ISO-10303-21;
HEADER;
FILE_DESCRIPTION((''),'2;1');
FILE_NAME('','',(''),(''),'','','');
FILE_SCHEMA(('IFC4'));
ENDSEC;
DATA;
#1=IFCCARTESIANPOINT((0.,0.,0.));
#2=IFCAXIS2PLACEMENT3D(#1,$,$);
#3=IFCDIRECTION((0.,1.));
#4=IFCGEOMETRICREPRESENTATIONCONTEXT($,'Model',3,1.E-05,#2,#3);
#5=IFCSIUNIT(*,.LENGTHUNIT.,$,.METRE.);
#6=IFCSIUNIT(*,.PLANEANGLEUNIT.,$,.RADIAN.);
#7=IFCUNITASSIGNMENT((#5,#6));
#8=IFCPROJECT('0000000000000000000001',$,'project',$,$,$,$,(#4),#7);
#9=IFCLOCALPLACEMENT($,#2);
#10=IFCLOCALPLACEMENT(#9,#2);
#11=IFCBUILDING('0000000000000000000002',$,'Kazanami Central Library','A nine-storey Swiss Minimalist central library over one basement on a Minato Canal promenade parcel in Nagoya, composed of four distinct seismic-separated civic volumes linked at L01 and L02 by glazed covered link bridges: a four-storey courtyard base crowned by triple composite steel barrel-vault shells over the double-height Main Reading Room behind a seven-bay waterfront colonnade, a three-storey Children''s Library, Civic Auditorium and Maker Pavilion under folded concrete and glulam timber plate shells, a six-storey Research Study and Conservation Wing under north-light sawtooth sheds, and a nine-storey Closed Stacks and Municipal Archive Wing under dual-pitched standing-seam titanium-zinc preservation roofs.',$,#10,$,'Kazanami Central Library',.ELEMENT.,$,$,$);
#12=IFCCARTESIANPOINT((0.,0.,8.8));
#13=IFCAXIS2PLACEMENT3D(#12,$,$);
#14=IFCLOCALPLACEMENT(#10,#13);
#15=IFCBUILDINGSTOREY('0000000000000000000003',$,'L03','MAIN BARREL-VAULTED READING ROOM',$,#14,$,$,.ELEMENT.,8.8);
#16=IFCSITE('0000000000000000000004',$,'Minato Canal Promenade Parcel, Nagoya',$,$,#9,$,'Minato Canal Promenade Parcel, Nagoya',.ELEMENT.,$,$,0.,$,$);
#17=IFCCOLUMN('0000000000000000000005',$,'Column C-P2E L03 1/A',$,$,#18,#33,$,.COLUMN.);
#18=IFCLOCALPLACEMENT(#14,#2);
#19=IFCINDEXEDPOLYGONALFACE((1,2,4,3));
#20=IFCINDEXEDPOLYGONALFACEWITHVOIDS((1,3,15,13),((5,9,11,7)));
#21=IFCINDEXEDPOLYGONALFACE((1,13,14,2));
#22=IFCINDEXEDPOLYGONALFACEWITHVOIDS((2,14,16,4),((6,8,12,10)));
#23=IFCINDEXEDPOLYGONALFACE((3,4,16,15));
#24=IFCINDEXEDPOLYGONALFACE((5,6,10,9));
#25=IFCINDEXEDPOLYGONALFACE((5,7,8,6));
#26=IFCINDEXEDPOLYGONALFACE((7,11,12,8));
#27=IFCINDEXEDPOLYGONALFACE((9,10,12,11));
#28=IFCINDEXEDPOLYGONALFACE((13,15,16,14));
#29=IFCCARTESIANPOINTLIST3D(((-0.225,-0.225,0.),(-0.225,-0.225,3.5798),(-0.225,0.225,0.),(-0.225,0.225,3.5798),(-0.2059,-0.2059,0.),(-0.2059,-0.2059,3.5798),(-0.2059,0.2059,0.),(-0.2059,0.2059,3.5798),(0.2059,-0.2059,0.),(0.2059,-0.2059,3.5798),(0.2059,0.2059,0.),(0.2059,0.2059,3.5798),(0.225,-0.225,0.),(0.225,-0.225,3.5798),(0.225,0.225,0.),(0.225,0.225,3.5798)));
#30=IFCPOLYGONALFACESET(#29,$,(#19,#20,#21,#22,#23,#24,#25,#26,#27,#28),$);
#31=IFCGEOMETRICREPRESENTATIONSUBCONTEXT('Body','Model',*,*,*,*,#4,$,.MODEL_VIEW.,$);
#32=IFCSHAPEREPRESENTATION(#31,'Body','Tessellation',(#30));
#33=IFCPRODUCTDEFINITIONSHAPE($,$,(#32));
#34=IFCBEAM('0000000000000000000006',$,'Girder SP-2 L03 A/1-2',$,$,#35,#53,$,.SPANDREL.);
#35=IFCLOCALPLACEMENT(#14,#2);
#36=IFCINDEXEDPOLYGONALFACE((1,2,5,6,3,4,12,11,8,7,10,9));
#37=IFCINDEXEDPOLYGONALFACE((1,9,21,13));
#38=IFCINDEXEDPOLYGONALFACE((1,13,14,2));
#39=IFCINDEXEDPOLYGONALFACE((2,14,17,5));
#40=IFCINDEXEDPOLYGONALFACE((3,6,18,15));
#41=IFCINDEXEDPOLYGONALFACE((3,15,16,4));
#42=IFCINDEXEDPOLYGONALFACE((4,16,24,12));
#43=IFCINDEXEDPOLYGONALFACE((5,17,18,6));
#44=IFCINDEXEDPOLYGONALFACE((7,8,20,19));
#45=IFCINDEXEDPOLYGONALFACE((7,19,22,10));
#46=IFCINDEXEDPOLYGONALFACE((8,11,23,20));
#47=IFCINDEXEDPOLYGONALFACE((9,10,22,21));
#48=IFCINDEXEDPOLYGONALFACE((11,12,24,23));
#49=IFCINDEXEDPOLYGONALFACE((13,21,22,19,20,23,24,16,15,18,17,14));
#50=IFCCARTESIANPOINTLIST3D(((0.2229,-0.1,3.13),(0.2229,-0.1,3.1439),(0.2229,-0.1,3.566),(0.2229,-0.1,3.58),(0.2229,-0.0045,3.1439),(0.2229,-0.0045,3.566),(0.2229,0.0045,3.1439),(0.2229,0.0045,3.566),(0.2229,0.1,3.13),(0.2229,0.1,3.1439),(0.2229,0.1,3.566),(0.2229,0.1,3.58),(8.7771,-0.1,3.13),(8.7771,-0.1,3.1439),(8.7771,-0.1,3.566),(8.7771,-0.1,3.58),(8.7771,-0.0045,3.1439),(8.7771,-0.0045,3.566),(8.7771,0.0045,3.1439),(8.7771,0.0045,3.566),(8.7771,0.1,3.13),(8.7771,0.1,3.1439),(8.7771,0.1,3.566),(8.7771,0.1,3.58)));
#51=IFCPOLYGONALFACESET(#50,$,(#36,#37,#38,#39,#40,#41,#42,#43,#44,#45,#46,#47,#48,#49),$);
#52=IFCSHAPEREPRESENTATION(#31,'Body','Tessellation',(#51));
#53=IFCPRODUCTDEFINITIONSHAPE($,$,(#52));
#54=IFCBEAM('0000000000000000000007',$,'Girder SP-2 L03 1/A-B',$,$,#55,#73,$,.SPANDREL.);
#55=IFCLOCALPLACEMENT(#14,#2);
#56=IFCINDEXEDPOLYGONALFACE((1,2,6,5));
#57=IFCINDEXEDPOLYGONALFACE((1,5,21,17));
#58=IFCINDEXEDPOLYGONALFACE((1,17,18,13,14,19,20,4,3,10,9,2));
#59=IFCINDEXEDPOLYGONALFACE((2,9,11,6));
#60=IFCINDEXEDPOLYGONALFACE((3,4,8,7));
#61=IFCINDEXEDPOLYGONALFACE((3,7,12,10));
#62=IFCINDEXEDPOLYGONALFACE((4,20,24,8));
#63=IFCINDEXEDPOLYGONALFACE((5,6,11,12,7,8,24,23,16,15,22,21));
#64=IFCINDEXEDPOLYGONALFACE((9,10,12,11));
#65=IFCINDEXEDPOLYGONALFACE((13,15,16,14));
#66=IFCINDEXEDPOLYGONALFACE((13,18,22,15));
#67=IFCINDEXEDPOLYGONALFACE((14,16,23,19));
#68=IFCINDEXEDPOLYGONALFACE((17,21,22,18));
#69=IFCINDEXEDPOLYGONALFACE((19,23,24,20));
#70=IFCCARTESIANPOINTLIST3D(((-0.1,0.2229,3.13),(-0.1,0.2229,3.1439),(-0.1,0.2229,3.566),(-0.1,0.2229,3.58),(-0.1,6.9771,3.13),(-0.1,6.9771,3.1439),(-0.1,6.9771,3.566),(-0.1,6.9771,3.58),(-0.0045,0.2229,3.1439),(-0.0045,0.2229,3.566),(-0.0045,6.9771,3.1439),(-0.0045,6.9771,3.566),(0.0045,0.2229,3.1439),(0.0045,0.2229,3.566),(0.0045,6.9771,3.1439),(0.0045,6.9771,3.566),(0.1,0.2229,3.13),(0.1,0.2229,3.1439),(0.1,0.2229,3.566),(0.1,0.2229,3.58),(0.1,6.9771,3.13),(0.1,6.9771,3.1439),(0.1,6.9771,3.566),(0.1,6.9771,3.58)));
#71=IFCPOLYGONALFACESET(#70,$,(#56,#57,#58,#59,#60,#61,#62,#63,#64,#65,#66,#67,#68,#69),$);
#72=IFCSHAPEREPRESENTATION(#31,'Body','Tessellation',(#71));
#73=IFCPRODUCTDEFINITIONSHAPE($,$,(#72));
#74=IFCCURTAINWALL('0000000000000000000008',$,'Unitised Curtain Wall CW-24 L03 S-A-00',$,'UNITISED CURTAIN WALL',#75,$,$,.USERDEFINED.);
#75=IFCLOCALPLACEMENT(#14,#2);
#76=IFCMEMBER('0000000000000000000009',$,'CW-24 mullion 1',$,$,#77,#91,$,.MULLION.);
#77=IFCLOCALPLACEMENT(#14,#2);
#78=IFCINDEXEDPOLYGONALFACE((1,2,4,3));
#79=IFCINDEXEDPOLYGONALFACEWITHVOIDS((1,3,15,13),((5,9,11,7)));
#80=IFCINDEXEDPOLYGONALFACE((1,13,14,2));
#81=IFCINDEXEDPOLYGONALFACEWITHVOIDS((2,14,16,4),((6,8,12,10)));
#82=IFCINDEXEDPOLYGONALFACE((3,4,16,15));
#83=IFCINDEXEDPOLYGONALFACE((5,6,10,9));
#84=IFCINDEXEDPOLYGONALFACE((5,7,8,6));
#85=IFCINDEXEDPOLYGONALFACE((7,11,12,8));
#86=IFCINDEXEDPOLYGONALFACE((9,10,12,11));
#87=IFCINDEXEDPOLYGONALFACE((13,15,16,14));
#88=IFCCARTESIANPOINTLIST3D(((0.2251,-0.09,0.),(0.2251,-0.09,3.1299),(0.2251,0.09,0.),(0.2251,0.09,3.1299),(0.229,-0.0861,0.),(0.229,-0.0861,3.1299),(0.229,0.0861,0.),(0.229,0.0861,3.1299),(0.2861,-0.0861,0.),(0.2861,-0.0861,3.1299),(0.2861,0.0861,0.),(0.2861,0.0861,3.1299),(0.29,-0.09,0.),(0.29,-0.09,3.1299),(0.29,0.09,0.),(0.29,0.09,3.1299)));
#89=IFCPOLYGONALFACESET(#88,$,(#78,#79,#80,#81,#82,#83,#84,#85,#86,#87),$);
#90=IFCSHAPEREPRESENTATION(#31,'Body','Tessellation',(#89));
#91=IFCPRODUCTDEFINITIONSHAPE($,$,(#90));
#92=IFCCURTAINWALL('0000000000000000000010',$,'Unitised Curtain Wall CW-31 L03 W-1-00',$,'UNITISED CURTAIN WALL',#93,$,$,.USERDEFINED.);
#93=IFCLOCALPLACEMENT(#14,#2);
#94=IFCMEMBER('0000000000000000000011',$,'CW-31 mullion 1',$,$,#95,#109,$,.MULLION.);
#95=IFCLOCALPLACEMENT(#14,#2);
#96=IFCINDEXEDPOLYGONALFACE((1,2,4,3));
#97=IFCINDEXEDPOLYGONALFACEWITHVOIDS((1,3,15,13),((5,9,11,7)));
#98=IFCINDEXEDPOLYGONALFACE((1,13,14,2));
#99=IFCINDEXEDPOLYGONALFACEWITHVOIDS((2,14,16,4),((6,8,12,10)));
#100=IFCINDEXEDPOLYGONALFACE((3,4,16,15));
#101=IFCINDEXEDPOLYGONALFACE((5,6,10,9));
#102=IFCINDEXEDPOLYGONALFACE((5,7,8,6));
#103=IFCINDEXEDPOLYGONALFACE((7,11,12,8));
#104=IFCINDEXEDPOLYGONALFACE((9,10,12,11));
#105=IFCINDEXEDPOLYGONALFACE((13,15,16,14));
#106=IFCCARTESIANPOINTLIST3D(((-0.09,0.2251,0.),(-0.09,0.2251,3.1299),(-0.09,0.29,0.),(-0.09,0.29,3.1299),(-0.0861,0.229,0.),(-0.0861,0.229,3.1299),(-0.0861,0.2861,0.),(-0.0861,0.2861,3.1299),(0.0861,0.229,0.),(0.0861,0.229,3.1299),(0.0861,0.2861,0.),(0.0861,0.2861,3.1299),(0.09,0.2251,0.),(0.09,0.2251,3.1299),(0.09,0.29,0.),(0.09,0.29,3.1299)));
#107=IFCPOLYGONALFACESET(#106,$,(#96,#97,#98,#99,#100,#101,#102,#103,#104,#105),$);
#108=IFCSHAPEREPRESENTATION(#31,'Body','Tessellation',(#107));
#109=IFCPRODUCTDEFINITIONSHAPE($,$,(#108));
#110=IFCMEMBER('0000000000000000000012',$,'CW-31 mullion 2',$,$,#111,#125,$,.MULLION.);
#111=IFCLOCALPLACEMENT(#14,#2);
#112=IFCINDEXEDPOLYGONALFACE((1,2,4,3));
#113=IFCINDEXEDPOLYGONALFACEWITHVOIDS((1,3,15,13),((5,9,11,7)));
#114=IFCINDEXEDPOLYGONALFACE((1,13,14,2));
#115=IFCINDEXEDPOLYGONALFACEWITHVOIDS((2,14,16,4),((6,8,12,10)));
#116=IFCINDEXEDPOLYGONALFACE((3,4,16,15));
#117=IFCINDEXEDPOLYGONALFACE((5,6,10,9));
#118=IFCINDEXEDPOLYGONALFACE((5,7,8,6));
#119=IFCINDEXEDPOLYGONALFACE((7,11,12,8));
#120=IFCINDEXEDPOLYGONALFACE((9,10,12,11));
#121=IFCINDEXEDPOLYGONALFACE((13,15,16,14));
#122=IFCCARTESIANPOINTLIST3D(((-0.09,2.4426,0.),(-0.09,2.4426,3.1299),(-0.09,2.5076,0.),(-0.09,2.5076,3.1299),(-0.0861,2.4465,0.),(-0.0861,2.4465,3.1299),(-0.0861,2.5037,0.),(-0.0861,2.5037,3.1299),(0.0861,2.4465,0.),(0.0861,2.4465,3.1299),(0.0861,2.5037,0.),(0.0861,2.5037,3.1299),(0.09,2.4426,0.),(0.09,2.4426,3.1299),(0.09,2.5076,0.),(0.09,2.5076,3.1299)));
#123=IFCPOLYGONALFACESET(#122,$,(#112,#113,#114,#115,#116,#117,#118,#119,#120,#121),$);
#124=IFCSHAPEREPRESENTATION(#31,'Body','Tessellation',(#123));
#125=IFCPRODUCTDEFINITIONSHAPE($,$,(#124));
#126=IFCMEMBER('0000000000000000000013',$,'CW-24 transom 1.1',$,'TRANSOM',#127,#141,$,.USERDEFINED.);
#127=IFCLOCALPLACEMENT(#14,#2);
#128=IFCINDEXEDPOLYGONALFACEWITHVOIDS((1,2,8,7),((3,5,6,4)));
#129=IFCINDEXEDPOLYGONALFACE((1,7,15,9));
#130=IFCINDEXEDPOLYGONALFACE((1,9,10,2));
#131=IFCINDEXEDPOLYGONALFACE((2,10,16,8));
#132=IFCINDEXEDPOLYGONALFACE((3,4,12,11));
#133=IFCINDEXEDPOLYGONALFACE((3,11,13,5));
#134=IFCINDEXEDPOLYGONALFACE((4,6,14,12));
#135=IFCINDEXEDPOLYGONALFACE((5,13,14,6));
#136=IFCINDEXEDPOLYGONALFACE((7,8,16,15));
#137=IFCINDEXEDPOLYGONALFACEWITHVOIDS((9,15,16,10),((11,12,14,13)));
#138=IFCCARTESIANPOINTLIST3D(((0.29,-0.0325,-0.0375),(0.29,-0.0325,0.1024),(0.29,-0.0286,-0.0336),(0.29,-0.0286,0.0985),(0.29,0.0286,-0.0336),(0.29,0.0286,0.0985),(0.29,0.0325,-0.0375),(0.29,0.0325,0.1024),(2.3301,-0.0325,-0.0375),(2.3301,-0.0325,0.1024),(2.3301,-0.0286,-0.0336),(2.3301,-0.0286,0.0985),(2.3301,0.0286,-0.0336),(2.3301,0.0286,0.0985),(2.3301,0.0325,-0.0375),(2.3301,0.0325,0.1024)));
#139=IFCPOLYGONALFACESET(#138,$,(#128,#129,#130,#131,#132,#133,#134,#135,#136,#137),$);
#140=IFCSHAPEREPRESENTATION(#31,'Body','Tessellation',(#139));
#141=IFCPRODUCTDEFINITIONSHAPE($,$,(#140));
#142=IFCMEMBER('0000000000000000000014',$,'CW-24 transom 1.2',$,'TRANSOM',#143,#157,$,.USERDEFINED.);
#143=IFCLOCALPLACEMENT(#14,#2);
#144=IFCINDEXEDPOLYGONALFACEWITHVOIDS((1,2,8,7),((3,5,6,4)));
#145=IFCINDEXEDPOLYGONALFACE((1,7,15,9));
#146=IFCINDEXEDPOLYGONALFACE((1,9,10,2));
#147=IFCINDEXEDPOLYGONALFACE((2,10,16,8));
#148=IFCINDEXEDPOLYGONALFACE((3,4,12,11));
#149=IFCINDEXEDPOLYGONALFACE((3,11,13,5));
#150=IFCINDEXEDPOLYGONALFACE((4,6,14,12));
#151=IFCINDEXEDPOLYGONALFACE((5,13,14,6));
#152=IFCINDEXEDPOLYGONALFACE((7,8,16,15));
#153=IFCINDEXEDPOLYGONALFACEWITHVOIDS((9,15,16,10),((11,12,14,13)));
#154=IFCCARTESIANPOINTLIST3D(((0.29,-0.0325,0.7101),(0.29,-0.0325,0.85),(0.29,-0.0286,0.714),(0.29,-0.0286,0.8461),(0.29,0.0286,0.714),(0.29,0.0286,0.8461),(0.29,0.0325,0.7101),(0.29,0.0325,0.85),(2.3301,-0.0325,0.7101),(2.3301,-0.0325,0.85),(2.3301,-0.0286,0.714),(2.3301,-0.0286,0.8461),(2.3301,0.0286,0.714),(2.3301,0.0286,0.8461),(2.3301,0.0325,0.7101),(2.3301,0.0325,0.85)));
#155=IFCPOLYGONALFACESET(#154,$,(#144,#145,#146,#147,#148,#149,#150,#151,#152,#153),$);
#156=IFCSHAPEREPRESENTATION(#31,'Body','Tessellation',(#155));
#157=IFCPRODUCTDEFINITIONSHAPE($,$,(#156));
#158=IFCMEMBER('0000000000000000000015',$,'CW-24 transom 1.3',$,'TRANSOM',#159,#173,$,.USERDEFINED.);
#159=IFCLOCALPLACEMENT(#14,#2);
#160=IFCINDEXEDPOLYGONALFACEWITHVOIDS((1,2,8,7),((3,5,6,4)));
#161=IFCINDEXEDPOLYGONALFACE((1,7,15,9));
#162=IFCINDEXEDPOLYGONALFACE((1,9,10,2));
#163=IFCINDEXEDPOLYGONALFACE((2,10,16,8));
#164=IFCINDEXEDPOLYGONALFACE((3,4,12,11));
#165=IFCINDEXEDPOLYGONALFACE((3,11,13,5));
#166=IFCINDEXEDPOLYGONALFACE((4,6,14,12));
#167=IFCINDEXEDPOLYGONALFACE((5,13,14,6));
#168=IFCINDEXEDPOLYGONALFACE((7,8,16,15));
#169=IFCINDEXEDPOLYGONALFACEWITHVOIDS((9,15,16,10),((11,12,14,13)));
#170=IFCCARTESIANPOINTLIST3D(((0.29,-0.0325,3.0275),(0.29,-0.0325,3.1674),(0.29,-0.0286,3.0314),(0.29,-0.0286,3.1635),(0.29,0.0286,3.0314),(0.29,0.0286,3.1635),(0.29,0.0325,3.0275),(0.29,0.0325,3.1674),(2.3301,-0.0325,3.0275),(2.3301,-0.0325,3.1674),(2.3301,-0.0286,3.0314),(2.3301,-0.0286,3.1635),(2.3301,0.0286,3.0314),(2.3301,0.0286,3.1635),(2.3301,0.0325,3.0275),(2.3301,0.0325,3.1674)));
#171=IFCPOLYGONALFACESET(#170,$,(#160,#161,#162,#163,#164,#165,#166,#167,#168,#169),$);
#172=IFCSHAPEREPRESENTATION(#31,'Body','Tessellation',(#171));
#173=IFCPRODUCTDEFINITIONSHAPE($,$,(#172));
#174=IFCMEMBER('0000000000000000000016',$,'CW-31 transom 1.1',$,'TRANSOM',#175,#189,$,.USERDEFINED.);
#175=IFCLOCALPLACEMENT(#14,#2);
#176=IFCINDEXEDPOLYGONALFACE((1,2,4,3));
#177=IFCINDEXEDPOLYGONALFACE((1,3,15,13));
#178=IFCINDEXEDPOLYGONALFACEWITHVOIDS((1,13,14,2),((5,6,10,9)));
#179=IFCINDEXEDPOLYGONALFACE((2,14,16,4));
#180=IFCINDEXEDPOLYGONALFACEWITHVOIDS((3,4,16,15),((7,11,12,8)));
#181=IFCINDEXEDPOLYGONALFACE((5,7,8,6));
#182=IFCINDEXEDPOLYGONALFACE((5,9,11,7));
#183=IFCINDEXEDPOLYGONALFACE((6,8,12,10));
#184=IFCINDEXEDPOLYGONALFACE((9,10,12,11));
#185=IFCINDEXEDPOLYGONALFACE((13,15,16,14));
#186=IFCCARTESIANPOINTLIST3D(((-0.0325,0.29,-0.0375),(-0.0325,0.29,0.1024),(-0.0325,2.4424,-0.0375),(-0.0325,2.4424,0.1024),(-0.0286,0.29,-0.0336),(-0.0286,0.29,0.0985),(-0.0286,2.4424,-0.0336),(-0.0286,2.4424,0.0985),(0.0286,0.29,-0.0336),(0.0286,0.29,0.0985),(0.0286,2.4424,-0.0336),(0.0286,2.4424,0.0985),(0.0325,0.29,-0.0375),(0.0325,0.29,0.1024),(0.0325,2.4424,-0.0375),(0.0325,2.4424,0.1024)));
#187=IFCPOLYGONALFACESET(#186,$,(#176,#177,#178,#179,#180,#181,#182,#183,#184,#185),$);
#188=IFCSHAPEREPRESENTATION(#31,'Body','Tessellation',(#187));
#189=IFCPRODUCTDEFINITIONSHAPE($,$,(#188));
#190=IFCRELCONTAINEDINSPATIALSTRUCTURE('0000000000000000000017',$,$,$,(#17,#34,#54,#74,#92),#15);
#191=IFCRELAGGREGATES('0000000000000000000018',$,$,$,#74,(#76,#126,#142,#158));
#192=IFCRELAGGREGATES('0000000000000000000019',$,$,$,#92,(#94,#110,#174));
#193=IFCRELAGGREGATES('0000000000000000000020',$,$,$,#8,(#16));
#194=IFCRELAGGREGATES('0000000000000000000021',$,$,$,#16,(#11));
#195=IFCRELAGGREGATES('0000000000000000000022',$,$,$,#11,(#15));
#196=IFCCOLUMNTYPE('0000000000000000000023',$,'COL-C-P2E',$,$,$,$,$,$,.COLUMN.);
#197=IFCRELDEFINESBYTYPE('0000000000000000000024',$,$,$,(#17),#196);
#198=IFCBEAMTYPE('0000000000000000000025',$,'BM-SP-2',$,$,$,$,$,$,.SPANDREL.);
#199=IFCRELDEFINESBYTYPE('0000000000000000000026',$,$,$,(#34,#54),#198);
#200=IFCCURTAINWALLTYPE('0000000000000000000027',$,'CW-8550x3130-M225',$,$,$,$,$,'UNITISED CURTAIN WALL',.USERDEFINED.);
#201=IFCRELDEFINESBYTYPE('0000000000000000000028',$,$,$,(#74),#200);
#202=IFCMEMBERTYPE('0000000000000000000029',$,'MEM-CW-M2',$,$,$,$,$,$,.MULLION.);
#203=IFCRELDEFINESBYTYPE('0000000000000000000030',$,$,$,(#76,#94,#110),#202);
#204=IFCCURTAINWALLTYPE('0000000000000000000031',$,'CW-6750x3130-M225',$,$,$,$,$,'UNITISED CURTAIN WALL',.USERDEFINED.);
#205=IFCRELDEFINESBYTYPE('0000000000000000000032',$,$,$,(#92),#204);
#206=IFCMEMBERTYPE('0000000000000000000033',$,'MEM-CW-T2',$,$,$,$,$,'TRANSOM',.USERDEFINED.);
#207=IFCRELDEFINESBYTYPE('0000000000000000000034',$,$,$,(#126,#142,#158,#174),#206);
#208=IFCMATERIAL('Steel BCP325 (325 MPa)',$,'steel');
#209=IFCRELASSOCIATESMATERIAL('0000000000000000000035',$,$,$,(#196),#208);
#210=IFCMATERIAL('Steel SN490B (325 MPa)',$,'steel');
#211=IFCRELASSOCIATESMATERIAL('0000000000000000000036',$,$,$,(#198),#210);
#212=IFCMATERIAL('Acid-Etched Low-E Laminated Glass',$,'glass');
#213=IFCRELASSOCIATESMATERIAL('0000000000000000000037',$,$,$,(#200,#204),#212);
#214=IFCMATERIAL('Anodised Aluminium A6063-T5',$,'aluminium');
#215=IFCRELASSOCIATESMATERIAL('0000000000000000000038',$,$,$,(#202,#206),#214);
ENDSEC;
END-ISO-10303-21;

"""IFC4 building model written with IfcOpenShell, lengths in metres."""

from ifc_helpers import new_model, si_unit, direction, frame, origin, origin_with_axes, origin_2d, place, context, subcontext, project, spatial, hollow_rectangle, i_section, extrude, material, material_profile, profile_set, type_object, element, aggregate, save


model = new_model("IFC4")

# Units and contexts
model_context = context("Model", 3, precision=1e-05, world=origin(), true_north=direction((0.0, 1.0)))
body_context = subcontext(model_context, "Body", "Model", "MODEL_VIEW")
ifc_project = project(units=[si_unit("LENGTHUNIT", "METRE"), si_unit("PLANEANGLEUNIT", "RADIAN")], contexts=[model_context])

# Site, building, storey
site_placement = place(None, origin())
site = spatial("IfcSite", under=ifc_project, at=site_placement, Name="Minato Canal Promenade Parcel, Nagoya", LongName="Minato Canal Promenade Parcel, Nagoya", CompositionType="ELEMENT", RefElevation=0.0)
building_placement = place(site_placement, origin())
building = spatial("IfcBuilding", under=site, at=building_placement, Name="Kazanami Central Library", Description="A nine-storey Swiss Minimalist central library over one basement on a Minato Canal promenade parcel in Nagoya, composed of four distinct seismic-separated civic volumes linked at L01 and L02 by glazed covered link bridges: a four-storey courtyard base crowned by triple composite steel barrel-vault shells over the double-height Main Reading Room behind a seven-bay waterfront colonnade, a three-storey Children's Library, Civic Auditorium and Maker Pavilion under folded concrete and glulam timber plate shells, a six-storey Research Study and Conservation Wing under north-light sawtooth sheds, and a nine-storey Closed Stacks and Municipal Archive Wing under dual-pitched standing-seam titanium-zinc preservation roofs.", LongName="Kazanami Central Library", CompositionType="ELEMENT")
storey_placement = place(building_placement, frame((0.0, 0.0, 8.8)))
storey = spatial("IfcBuildingStorey", under=building, at=storey_placement, Name="L03", Description="MAIN BARREL-VAULTED READING ROOM", CompositionType="ELEMENT", Elevation=8.8)

# Column
ifc_material_1 = material(Name="Steel BCP325 (325 MPa)", Category="steel")
ifc_material_profile_1 = material_profile(ifc_material_1, hollow_rectangle(XDim=0.45, YDim=0.45, WallThickness=0.019, at=origin_2d()), Name="BCP-450x450x19")
ifc_profile_set_1 = profile_set([ifc_material_profile_1], Name="Steel BCP325 (325 MPa)")
column_type = type_object("IfcColumnType", Name="COL-C-P2E", PredefinedType="COLUMN", material=ifc_profile_set_1)
column_placement = place(storey_placement, origin_with_axes())
element("IfcColumn", 1, at=column_placement, inside=storey, type_object=column_type, Name="Column C-P2E L03 1/A", PredefinedType="COLUMN", context=body_context, shape_type="SweptSolid", body=[
    extrude(hollow_rectangle(XDim=0.45, YDim=0.45, WallThickness=0.019, at=origin_2d()), origin(), (0.0, 0.0, 1.0), 3.5798),
])

# Beams
ifc_material_2 = material(Name="Steel SN490B (325 MPa)", Category="steel")
ifc_material_profile_2 = material_profile(ifc_material_2, i_section(OverallWidth=0.2, OverallDepth=0.45, WebThickness=0.009, FlangeThickness=0.0139, at=origin_2d()), Name="H-450x200x9x14")
ifc_profile_set_2 = profile_set([ifc_material_profile_2], Name="Steel SN490B (325 MPa)")
beam_type = type_object("IfcBeamType", Name="BM-SP-2", PredefinedType="SPANDREL", material=ifc_profile_set_2)
beam_1_placement = place(storey_placement, frame((0.2229, 0.0, 3.355), z_axis=(1.0, 0.0, 0.0), x_axis=(0.0, 1.0, 0.0)))
element("IfcBeam", 2, at=beam_1_placement, inside=storey, type_object=beam_type, Name="Girder SP-2 L03 A/1-2", PredefinedType="SPANDREL", context=body_context, shape_type="SweptSolid", body=[
    extrude(i_section(OverallWidth=0.2, OverallDepth=0.45, WebThickness=0.009, FlangeThickness=0.0139, at=origin_2d()), origin(), (0.0, 0.0, 1.0), 8.5542),
])
beam_2_placement = place(storey_placement, frame((0.0, 0.2229, 3.355), z_axis=(0.0, 1.0, 0.0), x_axis=(-1.0, 0.0, 0.0)))
element("IfcBeam", 3, at=beam_2_placement, inside=storey, type_object=beam_type, Name="Girder SP-2 L03 1/A-B", PredefinedType="SPANDREL", context=body_context, shape_type="SweptSolid", body=[
    extrude(i_section(OverallWidth=0.2, OverallDepth=0.45, WebThickness=0.009, FlangeThickness=0.0139, at=origin_2d()), origin(), (0.0, 0.0, 1.0), 6.7542),
])

# Curtain wall, member
ifc_material_3 = material(Name="Acid-Etched Low-E Laminated Glass", Category="glass")
curtain_wall_type_1 = type_object("IfcCurtainWallType", Name="CW-8550x3130-M225", ElementType="UNITISED CURTAIN WALL", PredefinedType="USERDEFINED", material=ifc_material_3)
curtain_wall_1_placement = place(storey_placement, origin())
curtain_wall_1 = element("IfcCurtainWall", 4, at=curtain_wall_1_placement, inside=storey, type_object=curtain_wall_type_1, Name="Unitised Curtain Wall CW-24 L03 S-A-00", ObjectType="UNITISED CURTAIN WALL", PredefinedType="USERDEFINED")
ifc_material_4 = material(Name="Anodised Aluminium A6063-T5", Category="aluminium")
ifc_material_profile_3 = material_profile(ifc_material_4, hollow_rectangle(XDim=0.0649, YDim=0.1799, WallThickness=0.0039, at=origin_2d()), Name="ALU-MULL-65x180x4")
ifc_profile_set_3 = profile_set([ifc_material_profile_3], Name="Anodised Aluminium A6063-T5")
member_type_1 = type_object("IfcMemberType", Name="MEM-CW-M2", PredefinedType="MULLION", material=ifc_profile_set_3)
member_1_placement = place(storey_placement, frame((0.2576, 0.0, 0.0), z_axis=(0.0, 0.0, 1.0), x_axis=(1.0, 0.0, 0.0)))
member_1 = element("IfcMember", 5, at=member_1_placement, type_object=member_type_1, Name="CW-24 mullion 1", PredefinedType="MULLION", context=body_context, shape_type="SweptSolid", body=[
    extrude(hollow_rectangle(XDim=0.0649, YDim=0.1799, WallThickness=0.0039, at=origin_2d()), origin(), (0.0, 0.0, 1.0), 3.1299),
])

# Curtain wall, members
curtain_wall_type_2 = type_object("IfcCurtainWallType", Name="CW-6750x3130-M225", ElementType="UNITISED CURTAIN WALL", PredefinedType="USERDEFINED", material=ifc_material_3)
curtain_wall_2_placement = place(storey_placement, origin())
curtain_wall_2 = element("IfcCurtainWall", 6, at=curtain_wall_2_placement, inside=storey, type_object=curtain_wall_type_2, Name="Unitised Curtain Wall CW-31 L03 W-1-00", ObjectType="UNITISED CURTAIN WALL", PredefinedType="USERDEFINED")
member_2_placement = place(storey_placement, frame((0.0, 0.2576, 0.0), z_axis=(0.0, 0.0, 1.0), x_axis=(0.0, 1.0, 0.0)))
member_2 = element("IfcMember", 7, at=member_2_placement, type_object=member_type_1, Name="CW-31 mullion 1", PredefinedType="MULLION", context=body_context, shape_type="SweptSolid", body=[
    extrude(hollow_rectangle(XDim=0.0649, YDim=0.1799, WallThickness=0.0039, at=origin_2d()), origin(), (0.0, 0.0, 1.0), 3.1299),
])
member_3_placement = place(storey_placement, frame((0.0, 2.4751, 0.0), z_axis=(0.0, 0.0, 1.0), x_axis=(0.0, 1.0, 0.0)))
member_3 = element("IfcMember", 8, at=member_3_placement, type_object=member_type_1, Name="CW-31 mullion 2", PredefinedType="MULLION", context=body_context, shape_type="SweptSolid", body=[
    extrude(hollow_rectangle(XDim=0.0649, YDim=0.1799, WallThickness=0.0039, at=origin_2d()), origin(), (0.0, 0.0, 1.0), 3.1299),
])

# Members
ifc_material_profile_4 = material_profile(ifc_material_4, hollow_rectangle(XDim=0.0649, YDim=0.1399, WallThickness=0.0039, at=origin_2d()), Name="ALU-TRAN-65x140x4")
ifc_profile_set_4 = profile_set([ifc_material_profile_4], Name="Anodised Aluminium A6063-T5")
member_type_2 = type_object("IfcMemberType", Name="MEM-CW-T2", ElementType="TRANSOM", PredefinedType="USERDEFINED", material=ifc_profile_set_4)
member_4_placement = place(storey_placement, frame((0.29, 0.0, 0.0325), z_axis=(1.0, 0.0, 0.0), x_axis=(0.0, 1.0, 0.0)))
member_4 = element("IfcMember", 9, at=member_4_placement, type_object=member_type_2, Name="CW-24 transom 1.1", ObjectType="TRANSOM", PredefinedType="USERDEFINED", context=body_context, shape_type="SweptSolid", body=[
    extrude(hollow_rectangle(XDim=0.0649, YDim=0.1399, WallThickness=0.0039, at=origin_2d()), origin(), (0.0, 0.0, 1.0), 2.04),
])
member_5_placement = place(storey_placement, frame((0.29, 0.0, 0.78), z_axis=(1.0, 0.0, 0.0), x_axis=(0.0, 1.0, 0.0)))
member_5 = element("IfcMember", 10, at=member_5_placement, type_object=member_type_2, Name="CW-24 transom 1.2", ObjectType="TRANSOM", PredefinedType="USERDEFINED", context=body_context, shape_type="SweptSolid", body=[
    extrude(hollow_rectangle(XDim=0.0649, YDim=0.1399, WallThickness=0.0039, at=origin_2d()), origin(), (0.0, 0.0, 1.0), 2.04),
])
member_6_placement = place(storey_placement, frame((0.29, 0.0, 3.0974), z_axis=(1.0, 0.0, 0.0), x_axis=(0.0, 1.0, 0.0)))
member_6 = element("IfcMember", 11, at=member_6_placement, type_object=member_type_2, Name="CW-24 transom 1.3", ObjectType="TRANSOM", PredefinedType="USERDEFINED", context=body_context, shape_type="SweptSolid", body=[
    extrude(hollow_rectangle(XDim=0.0649, YDim=0.1399, WallThickness=0.0039, at=origin_2d()), origin(), (0.0, 0.0, 1.0), 2.04),
])
member_7_placement = place(storey_placement, frame((0.0, 0.29, 0.0325), z_axis=(0.0, 1.0, 0.0), x_axis=(-1.0, 0.0, 0.0)))
member_7 = element("IfcMember", 12, at=member_7_placement, type_object=member_type_2, Name="CW-31 transom 1.1", ObjectType="TRANSOM", PredefinedType="USERDEFINED", context=body_context, shape_type="SweptSolid", body=[
    extrude(hollow_rectangle(XDim=0.0649, YDim=0.1399, WallThickness=0.0039, at=origin_2d()), origin(), (0.0, 0.0, 1.0), 2.1523),
])

aggregate(curtain_wall_1, [member_1, member_4, member_5, member_6])
aggregate(curtain_wall_2, [member_2, member_3, member_7])

save(model, "model.ifc")
